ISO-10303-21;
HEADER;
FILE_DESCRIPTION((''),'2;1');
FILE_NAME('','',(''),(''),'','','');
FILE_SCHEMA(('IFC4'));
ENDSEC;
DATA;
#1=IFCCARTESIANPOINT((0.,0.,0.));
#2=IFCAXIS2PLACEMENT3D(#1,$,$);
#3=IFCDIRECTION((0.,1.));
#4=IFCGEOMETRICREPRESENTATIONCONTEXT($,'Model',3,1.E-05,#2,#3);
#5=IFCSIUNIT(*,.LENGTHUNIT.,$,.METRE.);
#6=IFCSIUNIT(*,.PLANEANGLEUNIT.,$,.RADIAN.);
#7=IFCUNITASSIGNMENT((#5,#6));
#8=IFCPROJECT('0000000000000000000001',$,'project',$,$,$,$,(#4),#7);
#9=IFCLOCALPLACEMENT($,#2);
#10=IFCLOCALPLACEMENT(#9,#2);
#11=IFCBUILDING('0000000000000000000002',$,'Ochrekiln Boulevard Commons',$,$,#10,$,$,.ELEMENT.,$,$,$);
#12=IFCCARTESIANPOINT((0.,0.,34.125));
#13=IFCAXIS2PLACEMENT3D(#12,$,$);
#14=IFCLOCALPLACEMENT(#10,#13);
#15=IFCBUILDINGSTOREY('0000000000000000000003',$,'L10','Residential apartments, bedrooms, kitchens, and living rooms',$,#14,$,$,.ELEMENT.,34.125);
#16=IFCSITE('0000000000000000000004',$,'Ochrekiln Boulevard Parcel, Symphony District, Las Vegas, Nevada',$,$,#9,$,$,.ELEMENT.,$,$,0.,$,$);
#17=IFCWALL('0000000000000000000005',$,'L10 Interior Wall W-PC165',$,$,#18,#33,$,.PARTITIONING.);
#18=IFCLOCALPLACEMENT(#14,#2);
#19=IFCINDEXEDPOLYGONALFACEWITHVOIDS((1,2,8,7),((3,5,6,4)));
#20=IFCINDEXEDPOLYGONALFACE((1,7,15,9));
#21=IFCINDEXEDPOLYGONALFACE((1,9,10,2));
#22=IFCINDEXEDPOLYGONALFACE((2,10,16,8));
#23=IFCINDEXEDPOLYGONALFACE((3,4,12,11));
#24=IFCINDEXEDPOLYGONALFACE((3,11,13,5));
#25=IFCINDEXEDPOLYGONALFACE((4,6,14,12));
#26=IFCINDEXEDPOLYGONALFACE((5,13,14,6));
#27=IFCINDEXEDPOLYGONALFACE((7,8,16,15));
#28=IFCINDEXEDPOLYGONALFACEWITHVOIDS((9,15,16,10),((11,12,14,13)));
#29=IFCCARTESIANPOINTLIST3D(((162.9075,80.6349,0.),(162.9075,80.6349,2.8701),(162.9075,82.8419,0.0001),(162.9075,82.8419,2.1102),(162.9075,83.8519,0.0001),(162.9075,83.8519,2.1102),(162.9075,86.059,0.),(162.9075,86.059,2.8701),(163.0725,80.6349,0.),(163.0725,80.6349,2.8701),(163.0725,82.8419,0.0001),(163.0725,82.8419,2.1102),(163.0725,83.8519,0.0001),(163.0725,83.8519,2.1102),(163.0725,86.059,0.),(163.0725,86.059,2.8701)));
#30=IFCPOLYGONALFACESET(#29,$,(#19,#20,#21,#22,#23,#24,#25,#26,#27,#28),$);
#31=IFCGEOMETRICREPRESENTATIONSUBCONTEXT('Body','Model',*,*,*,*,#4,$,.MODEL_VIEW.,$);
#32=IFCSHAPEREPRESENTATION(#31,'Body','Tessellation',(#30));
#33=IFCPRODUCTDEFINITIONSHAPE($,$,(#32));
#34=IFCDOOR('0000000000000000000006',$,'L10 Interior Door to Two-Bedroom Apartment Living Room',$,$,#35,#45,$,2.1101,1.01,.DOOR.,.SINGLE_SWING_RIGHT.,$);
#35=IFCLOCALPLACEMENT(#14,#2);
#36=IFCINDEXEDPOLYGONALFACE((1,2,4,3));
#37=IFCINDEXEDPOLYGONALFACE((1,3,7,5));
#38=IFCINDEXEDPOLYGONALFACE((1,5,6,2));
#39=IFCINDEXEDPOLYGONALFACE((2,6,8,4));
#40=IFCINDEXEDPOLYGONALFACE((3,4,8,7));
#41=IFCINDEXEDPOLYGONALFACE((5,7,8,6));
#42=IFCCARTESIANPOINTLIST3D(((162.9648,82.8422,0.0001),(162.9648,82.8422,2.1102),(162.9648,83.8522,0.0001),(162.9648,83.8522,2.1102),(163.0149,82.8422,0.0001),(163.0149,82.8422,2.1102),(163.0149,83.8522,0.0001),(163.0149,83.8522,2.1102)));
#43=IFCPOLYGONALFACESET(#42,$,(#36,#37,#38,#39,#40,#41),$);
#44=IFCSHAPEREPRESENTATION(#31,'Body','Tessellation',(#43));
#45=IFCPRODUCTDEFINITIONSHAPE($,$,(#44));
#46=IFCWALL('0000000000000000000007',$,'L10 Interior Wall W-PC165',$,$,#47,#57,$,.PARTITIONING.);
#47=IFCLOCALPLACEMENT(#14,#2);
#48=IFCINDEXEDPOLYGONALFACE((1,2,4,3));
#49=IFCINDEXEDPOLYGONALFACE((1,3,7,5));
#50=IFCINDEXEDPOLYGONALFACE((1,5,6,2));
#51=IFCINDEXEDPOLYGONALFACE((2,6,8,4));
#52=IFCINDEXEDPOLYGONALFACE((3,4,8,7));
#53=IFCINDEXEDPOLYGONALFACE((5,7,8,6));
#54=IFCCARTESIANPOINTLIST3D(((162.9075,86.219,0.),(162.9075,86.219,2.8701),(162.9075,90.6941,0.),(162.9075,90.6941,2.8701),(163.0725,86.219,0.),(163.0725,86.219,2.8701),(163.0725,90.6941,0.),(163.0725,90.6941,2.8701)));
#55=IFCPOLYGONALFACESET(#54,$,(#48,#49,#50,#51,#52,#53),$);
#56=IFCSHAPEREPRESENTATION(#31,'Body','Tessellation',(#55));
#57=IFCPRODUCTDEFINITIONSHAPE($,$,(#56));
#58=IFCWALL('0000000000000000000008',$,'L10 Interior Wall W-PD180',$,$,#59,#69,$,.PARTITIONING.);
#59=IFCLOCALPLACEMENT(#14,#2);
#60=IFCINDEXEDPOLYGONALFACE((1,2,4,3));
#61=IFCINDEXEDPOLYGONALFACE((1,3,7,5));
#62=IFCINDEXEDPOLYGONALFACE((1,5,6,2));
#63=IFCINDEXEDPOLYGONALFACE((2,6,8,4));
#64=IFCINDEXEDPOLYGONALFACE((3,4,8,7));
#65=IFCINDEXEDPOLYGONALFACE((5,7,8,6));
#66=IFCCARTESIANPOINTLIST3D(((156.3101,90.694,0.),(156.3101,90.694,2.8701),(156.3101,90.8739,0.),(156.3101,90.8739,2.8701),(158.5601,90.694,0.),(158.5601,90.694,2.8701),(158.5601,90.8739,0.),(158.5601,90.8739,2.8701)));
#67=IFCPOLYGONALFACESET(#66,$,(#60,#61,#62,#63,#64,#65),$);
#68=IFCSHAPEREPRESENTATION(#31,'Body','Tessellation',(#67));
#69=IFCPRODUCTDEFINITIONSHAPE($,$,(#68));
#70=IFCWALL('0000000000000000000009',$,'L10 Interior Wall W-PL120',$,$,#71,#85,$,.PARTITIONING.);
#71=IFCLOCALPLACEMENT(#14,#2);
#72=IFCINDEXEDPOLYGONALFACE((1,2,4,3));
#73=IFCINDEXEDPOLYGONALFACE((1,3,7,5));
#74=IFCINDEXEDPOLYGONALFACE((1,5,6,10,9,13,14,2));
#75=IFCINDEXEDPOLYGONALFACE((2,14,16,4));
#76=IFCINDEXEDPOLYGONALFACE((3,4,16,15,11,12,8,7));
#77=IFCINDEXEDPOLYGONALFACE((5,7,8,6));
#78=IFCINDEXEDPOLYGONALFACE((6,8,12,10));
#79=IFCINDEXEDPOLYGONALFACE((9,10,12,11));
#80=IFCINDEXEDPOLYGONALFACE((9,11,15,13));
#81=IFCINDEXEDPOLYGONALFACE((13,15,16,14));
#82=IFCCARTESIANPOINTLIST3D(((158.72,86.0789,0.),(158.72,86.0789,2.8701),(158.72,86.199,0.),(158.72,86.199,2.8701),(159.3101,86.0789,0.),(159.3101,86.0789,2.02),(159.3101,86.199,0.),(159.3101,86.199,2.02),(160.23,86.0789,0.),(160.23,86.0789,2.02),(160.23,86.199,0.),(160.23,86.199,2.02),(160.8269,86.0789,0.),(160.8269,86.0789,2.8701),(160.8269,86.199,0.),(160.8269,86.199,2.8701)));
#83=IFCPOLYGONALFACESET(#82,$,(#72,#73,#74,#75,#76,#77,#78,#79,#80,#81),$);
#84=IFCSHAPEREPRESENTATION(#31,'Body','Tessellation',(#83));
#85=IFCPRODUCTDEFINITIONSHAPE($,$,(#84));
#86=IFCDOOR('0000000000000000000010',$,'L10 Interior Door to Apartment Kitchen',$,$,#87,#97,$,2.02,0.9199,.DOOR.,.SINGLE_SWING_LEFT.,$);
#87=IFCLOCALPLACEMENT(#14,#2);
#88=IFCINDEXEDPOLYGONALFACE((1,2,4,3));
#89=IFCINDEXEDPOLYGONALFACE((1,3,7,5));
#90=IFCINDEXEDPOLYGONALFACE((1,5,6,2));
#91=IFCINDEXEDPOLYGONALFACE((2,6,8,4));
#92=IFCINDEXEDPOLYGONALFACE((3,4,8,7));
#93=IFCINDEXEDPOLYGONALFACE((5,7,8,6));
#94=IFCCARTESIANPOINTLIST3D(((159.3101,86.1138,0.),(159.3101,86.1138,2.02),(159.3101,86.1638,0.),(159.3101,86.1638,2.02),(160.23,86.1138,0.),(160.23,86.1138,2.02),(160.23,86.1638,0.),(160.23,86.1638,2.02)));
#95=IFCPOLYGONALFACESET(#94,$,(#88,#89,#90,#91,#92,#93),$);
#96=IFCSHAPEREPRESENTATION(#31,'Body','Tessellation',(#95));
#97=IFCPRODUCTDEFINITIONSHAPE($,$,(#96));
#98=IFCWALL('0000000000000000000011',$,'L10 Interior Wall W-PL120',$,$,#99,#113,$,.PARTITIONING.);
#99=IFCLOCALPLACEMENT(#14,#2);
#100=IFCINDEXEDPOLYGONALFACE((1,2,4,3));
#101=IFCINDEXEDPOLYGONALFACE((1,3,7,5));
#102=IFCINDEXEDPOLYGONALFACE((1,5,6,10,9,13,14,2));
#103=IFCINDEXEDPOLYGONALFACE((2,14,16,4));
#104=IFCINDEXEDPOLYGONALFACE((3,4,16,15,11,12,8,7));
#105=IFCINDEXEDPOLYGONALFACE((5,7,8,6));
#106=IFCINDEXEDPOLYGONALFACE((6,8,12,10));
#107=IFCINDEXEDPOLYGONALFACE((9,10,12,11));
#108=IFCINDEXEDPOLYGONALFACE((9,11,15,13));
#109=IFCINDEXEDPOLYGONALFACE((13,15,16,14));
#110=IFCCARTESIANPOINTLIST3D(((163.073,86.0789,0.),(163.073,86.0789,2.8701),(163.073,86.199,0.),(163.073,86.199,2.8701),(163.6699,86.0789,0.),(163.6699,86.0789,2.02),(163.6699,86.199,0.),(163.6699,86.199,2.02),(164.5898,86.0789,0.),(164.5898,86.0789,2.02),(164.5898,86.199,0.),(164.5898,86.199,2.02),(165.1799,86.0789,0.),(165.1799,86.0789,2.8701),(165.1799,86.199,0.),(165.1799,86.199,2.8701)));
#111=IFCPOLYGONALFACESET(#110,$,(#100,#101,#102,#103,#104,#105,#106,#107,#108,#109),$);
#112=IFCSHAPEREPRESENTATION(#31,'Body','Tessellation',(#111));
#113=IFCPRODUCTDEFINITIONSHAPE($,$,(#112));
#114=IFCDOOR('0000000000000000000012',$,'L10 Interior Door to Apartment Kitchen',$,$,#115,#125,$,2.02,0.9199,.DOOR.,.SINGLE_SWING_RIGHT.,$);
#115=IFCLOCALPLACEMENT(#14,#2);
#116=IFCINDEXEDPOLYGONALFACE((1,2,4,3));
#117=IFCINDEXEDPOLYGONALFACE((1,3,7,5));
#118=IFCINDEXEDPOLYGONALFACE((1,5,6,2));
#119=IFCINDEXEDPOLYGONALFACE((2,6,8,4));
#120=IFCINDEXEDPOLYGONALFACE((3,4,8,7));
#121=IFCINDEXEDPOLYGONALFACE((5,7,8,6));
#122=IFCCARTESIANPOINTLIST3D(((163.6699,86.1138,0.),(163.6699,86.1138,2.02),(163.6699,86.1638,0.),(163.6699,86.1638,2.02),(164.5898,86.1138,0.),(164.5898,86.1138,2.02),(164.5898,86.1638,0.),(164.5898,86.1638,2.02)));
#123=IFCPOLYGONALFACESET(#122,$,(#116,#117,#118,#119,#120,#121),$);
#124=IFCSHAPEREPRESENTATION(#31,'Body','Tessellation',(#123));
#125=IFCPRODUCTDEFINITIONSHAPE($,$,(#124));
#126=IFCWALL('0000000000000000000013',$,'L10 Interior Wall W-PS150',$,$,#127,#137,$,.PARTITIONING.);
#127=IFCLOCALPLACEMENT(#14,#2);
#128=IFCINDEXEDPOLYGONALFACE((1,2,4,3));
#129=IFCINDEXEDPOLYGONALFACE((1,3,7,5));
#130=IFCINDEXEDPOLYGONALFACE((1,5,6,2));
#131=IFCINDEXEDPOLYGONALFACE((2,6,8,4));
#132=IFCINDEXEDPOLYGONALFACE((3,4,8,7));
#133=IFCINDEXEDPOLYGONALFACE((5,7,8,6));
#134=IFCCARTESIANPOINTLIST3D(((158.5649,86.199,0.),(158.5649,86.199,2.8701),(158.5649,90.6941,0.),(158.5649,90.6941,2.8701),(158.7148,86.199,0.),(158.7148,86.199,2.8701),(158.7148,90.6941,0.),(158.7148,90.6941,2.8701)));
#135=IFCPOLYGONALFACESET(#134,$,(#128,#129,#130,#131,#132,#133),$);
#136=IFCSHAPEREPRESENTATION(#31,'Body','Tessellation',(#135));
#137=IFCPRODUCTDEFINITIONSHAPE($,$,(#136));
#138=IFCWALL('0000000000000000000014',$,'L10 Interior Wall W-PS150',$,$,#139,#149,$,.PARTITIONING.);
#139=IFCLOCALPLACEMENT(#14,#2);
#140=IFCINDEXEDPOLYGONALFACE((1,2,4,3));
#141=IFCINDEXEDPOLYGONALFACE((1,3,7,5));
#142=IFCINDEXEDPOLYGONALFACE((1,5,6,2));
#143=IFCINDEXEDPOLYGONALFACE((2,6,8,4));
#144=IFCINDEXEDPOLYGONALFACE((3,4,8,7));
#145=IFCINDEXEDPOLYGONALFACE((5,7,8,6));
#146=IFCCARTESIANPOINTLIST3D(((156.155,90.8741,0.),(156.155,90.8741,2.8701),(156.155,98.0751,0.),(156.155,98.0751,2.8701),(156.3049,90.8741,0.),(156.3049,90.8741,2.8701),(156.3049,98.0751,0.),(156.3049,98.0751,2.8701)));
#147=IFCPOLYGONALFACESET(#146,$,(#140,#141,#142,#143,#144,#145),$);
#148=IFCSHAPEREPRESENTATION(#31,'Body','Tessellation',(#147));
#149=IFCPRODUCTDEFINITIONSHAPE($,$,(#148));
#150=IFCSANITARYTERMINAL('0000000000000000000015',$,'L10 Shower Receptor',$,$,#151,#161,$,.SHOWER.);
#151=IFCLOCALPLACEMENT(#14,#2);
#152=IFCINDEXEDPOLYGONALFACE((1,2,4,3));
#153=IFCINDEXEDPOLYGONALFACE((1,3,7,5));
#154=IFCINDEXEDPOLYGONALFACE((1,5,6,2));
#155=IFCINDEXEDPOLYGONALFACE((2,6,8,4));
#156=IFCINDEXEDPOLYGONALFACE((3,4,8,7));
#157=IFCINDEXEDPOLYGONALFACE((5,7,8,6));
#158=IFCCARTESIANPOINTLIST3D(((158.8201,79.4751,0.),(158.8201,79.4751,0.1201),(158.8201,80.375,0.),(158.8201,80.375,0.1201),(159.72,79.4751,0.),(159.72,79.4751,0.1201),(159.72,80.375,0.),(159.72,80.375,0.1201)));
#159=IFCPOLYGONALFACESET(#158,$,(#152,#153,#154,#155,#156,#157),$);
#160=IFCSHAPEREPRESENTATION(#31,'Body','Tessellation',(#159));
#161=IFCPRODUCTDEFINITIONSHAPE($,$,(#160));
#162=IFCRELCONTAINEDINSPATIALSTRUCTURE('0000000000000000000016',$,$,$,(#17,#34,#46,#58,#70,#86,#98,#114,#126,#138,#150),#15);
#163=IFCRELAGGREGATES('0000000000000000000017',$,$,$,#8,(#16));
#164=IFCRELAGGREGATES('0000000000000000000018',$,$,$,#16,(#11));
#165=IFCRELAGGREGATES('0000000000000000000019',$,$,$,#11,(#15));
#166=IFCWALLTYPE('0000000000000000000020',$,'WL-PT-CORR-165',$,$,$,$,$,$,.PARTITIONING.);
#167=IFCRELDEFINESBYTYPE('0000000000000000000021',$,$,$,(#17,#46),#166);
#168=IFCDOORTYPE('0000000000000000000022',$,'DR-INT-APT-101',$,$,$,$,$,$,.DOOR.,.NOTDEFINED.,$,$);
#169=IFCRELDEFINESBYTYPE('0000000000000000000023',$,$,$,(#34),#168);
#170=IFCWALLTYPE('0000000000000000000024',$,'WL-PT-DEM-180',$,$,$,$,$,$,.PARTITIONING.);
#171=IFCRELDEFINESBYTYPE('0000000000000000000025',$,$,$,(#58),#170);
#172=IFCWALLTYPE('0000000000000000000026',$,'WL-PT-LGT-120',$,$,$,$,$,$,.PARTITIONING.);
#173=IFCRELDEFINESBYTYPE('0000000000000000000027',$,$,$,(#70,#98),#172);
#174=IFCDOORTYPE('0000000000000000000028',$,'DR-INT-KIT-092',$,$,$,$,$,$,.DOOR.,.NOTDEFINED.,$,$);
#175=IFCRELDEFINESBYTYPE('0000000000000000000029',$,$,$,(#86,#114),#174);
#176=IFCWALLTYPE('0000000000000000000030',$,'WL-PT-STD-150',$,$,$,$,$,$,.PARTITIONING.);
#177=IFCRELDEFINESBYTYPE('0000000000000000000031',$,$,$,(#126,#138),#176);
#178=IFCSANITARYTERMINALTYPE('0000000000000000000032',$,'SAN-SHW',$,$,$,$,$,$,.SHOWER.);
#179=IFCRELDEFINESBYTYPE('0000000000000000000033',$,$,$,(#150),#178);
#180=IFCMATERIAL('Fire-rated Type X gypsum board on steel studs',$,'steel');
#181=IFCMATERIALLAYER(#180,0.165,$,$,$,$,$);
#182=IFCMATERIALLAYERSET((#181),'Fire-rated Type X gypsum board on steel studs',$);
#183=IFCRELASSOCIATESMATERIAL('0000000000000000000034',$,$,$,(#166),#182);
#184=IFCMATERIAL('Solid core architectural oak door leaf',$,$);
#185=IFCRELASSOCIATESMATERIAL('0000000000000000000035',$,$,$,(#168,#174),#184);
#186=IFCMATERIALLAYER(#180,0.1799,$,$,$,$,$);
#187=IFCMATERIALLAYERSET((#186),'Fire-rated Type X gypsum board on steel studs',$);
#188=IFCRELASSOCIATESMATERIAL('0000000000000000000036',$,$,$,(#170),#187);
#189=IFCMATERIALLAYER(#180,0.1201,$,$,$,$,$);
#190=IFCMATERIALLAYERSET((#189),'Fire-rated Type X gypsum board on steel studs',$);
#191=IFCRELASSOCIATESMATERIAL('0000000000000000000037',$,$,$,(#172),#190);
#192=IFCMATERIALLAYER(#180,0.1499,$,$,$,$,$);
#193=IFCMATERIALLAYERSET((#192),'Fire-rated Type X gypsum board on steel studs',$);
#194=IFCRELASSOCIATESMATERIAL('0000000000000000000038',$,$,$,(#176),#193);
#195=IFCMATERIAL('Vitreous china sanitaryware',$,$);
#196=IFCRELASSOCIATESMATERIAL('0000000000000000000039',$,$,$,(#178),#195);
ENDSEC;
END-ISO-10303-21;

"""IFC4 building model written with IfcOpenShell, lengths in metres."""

from ifc_helpers import new_model, si_unit, direction, frame, frame_2d, origin, origin_2d, place, context, subcontext, project, spatial, rectangle, extrude, material, layer, layer_set, type_object, element, fill, save


model = new_model("IFC4")

# Units and contexts
model_context = context("Model", 3, precision=1e-05, world=origin(), true_north=direction((0.0, 1.0)))
body_context = subcontext(model_context, "Body", "Model", "MODEL_VIEW")
ifc_project = project(units=[si_unit("LENGTHUNIT", "METRE"), si_unit("PLANEANGLEUNIT", "RADIAN")], contexts=[model_context])

# Site, building, storey
site_placement = place(None, origin())
site = spatial("IfcSite", under=ifc_project, at=site_placement, Name="Ochrekiln Boulevard Parcel, Symphony District, Las Vegas, Nevada", CompositionType="ELEMENT", RefElevation=0.0)
building_placement = place(site_placement, origin())
building = spatial("IfcBuilding", under=site, at=building_placement, Name="Ochrekiln Boulevard Commons", CompositionType="ELEMENT")
storey_placement = place(building_placement, frame((0.0, 0.0, 34.125)))
storey = spatial("IfcBuildingStorey", under=building, at=storey_placement, Name="L10", Description="Residential apartments, bedrooms, kitchens, and living rooms", CompositionType="ELEMENT", Elevation=34.125)

# Shared definitions
ifc_material_1 = material(Name="Solid core architectural oak door leaf")

# Shared definitions
ifc_material_2 = material(Name="Fire-rated Type X gypsum board on steel studs", Category="steel")
ifc_layer_1 = layer(ifc_material_2, 0.165)
ifc_layer_set_1 = layer_set([ifc_layer_1], Name="Fire-rated Type X gypsum board on steel studs")
wall_type_1 = type_object("IfcWallType", Name="WL-PT-CORR-165", PredefinedType="PARTITIONING", material=ifc_layer_set_1)
door_type_1 = type_object("IfcDoorType", Name="DR-INT-APT-101", OperationType="NOTDEFINED", PredefinedType="DOOR", material=ifc_material_1)

# Wall, opening, door
wall_1_placement = place(storey_placement, frame((162.99, 80.635, 0.0), z_axis=(0.0, 0.0, 1.0), x_axis=(0.0, 1.0, 0.0)))
wall_1 = element("IfcWall", 1, at=wall_1_placement, inside=storey, type_object=wall_type_1, Name="L10 Interior Wall W-PC165", PredefinedType="PARTITIONING", context=body_context, shape_type="SweptSolid", body=[
    extrude(rectangle(XDim=5.4241, YDim=0.165, at=frame_2d((2.7119, 0.0))), origin(), (0.0, 0.0, 1.0), 2.8701),
])
opening_1_placement = place(wall_1_placement, frame((2.207, 0.0, 0.0)))
opening_1 = element("IfcOpeningElement", 2, at=opening_1_placement, cuts=wall_1, PredefinedType="OPENING", context=body_context, shape_type="SweptSolid", body=[
    extrude(rectangle(XDim=1.01, YDim=2.1101, at=frame_2d((0.5049, 1.0552))), frame((0.0, 0.0925, 0.0), z_axis=(0.0, -1.0, 0.0), x_axis=(1.0, 0.0, 0.0)), (0.0, 0.0, 1.0), 0.1851),
])
door_1_placement = place(opening_1_placement, frame((1.01, 0.0, 0.0), z_axis=(0.0, 0.0, 1.0), x_axis=(-1.0, 0.0, 0.0)))
door_1 = element("IfcDoor", 3, at=door_1_placement, inside=storey, type_object=door_type_1, Name="L10 Interior Door to Two-Bedroom Apartment Living Room", OperationType="SINGLE_SWING_RIGHT", OverallHeight=2.1101, OverallWidth=1.01, PredefinedType="DOOR", context=body_context, shape_type="SweptSolid", body=[
    extrude(rectangle(XDim=1.01, YDim=2.1101, at=frame_2d((0.5049, 1.0552))), frame((0.0, 0.0249, 0.0), z_axis=(0.0, -1.0, 0.0), x_axis=(1.0, 0.0, 0.0)), (0.0, 0.0, 1.0), 0.05),
])
fill(opening_1, door_1)

# Walls
wall_2_placement = place(storey_placement, frame((162.99, 86.219, 0.0), z_axis=(0.0, 0.0, 1.0), x_axis=(0.0, 1.0, 0.0)))
element("IfcWall", 4, at=wall_2_placement, inside=storey, type_object=wall_type_1, Name="L10 Interior Wall W-PC165", PredefinedType="PARTITIONING", context=body_context, shape_type="SweptSolid", body=[
    extrude(rectangle(XDim=4.4751, YDim=0.165, at=frame_2d((2.2375, 0.0))), origin(), (0.0, 0.0, 1.0), 2.8701),
])
ifc_layer_2 = layer(ifc_material_2, 0.1799)
ifc_layer_set_2 = layer_set([ifc_layer_2], Name="Fire-rated Type X gypsum board on steel studs")
wall_type_2 = type_object("IfcWallType", Name="WL-PT-DEM-180", PredefinedType="PARTITIONING", material=ifc_layer_set_2)
wall_3_placement = place(storey_placement, frame((156.3101, 90.7839, 0.0), z_axis=(0.0, 0.0, 1.0), x_axis=(1.0, 0.0, 0.0)))
element("IfcWall", 5, at=wall_3_placement, inside=storey, type_object=wall_type_2, Name="L10 Interior Wall W-PD180", PredefinedType="PARTITIONING", context=body_context, shape_type="SweptSolid", body=[
    extrude(rectangle(XDim=2.25, YDim=0.1799, at=frame_2d((1.125, 0.0))), origin(), (0.0, 0.0, 1.0), 2.8701),
])

# Walls, openings, doors
ifc_layer_3 = layer(ifc_material_2, 0.1201)
ifc_layer_set_3 = layer_set([ifc_layer_3], Name="Fire-rated Type X gypsum board on steel studs")
wall_type_3 = type_object("IfcWallType", Name="WL-PT-LGT-120", PredefinedType="PARTITIONING", material=ifc_layer_set_3)
wall_4_placement = place(storey_placement, frame((158.72, 86.1389, 0.0), z_axis=(0.0, 0.0, 1.0), x_axis=(1.0, 0.0, 0.0)))
wall_4 = element("IfcWall", 6, at=wall_4_placement, inside=storey, type_object=wall_type_3, Name="L10 Interior Wall W-PL120", PredefinedType="PARTITIONING", context=body_context, shape_type="SweptSolid", body=[
    extrude(rectangle(XDim=2.1069, YDim=0.1201, at=frame_2d((1.0535, 0.0))), origin(), (0.0, 0.0, 1.0), 2.8701),
])
opening_2_placement = place(wall_4_placement, frame((0.5901, 0.0, 0.0)))
opening_2 = element("IfcOpeningElement", 7, at=opening_2_placement, cuts=wall_4, PredefinedType="OPENING", context=body_context, shape_type="SweptSolid", body=[
    extrude(rectangle(XDim=0.9199, YDim=2.02, at=frame_2d((0.46, 1.01))), frame((0.0, 0.0701, 0.0), z_axis=(0.0, -1.0, 0.0), x_axis=(1.0, 0.0, 0.0)), (0.0, 0.0, 1.0), 0.1401),
])
door_type_2 = type_object("IfcDoorType", Name="DR-INT-KIT-092", OperationType="NOTDEFINED", PredefinedType="DOOR", material=ifc_material_1)
door_2_placement = place(opening_2_placement, origin())
door_2 = element("IfcDoor", 8, at=door_2_placement, inside=storey, type_object=door_type_2, Name="L10 Interior Door to Apartment Kitchen", OperationType="SINGLE_SWING_LEFT", OverallHeight=2.02, OverallWidth=0.9199, PredefinedType="DOOR", context=body_context, shape_type="SweptSolid", body=[
    extrude(rectangle(XDim=0.9199, YDim=2.02, at=frame_2d((0.46, 1.01))), frame((0.0, 0.0249, 0.0), z_axis=(0.0, -1.0, 0.0), x_axis=(1.0, 0.0, 0.0)), (0.0, 0.0, 1.0), 0.05),
])
fill(opening_2, door_2)
wall_5_placement = place(storey_placement, frame((163.073, 86.1389, 0.0), z_axis=(0.0, 0.0, 1.0), x_axis=(1.0, 0.0, 0.0)))
wall_5 = element("IfcWall", 9, at=wall_5_placement, inside=storey, type_object=wall_type_3, Name="L10 Interior Wall W-PL120", PredefinedType="PARTITIONING", context=body_context, shape_type="SweptSolid", body=[
    extrude(rectangle(XDim=2.1069, YDim=0.1201, at=frame_2d((1.0535, 0.0))), origin(), (0.0, 0.0, 1.0), 2.8701),
])
opening_3_placement = place(wall_5_placement, frame((0.5969, 0.0, 0.0)))
opening_3 = element("IfcOpeningElement", 10, at=opening_3_placement, cuts=wall_5, PredefinedType="OPENING", context=body_context, shape_type="SweptSolid", body=[
    extrude(rectangle(XDim=0.9199, YDim=2.02, at=frame_2d((0.46, 1.01))), frame((0.0, 0.0701, 0.0), z_axis=(0.0, -1.0, 0.0), x_axis=(1.0, 0.0, 0.0)), (0.0, 0.0, 1.0), 0.1401),
])
door_3_placement = place(opening_3_placement, origin())
door_3 = element("IfcDoor", 11, at=door_3_placement, inside=storey, type_object=door_type_2, Name="L10 Interior Door to Apartment Kitchen", OperationType="SINGLE_SWING_RIGHT", OverallHeight=2.02, OverallWidth=0.9199, PredefinedType="DOOR", context=body_context, shape_type="SweptSolid", body=[
    extrude(rectangle(XDim=0.9199, YDim=2.02, at=frame_2d((0.46, 1.01))), frame((0.0, 0.0249, 0.0), z_axis=(0.0, -1.0, 0.0), x_axis=(1.0, 0.0, 0.0)), (0.0, 0.0, 1.0), 0.05),
])
fill(opening_3, door_3)

# Walls
ifc_layer_4 = layer(ifc_material_2, 0.1499)
ifc_layer_set_4 = layer_set([ifc_layer_4], Name="Fire-rated Type X gypsum board on steel studs")
wall_type_4 = type_object("IfcWallType", Name="WL-PT-STD-150", PredefinedType="PARTITIONING", material=ifc_layer_set_4)
wall_6_placement = place(storey_placement, frame((158.6399, 86.199, 0.0), z_axis=(0.0, 0.0, 1.0), x_axis=(0.0, 1.0, 0.0)))
element("IfcWall", 12, at=wall_6_placement, inside=storey, type_object=wall_type_4, Name="L10 Interior Wall W-PS150", PredefinedType="PARTITIONING", context=body_context, shape_type="SweptSolid", body=[
    extrude(rectangle(XDim=4.4951, YDim=0.1499, at=frame_2d((2.2476, 0.0))), origin(), (0.0, 0.0, 1.0), 2.8701),
])
wall_7_placement = place(storey_placement, frame((156.23, 90.874, 0.0), z_axis=(0.0, 0.0, 1.0), x_axis=(0.0, 1.0, 0.0)))
element("IfcWall", 13, at=wall_7_placement, inside=storey, type_object=wall_type_4, Name="L10 Interior Wall W-PS150", PredefinedType="PARTITIONING", context=body_context, shape_type="SweptSolid", body=[
    extrude(rectangle(XDim=7.2009, YDim=0.1499, at=frame_2d((3.6006, 0.0))), origin(), (0.0, 0.0, 1.0), 2.8701),
])

# Sanitary terminal
ifc_material_3 = material(Name="Vitreous china sanitaryware")
sanitary_terminal_type = type_object("IfcSanitaryTerminalType", Name="SAN-SHW", PredefinedType="SHOWER", material=ifc_material_3)
sanitary_terminal_placement = place(storey_placement, frame((159.27, 79.925, 0.0), z_axis=(0.0, 0.0, 1.0), x_axis=(1.0, 0.0, 0.0)))
element("IfcSanitaryTerminal", 14, at=sanitary_terminal_placement, inside=storey, type_object=sanitary_terminal_type, Name="L10 Shower Receptor", PredefinedType="SHOWER", context=body_context, shape_type="SweptSolid", body=[
    extrude(rectangle(XDim=0.8999, YDim=0.8999, at=origin_2d()), origin(), (0.0, 0.0, 1.0), 0.1201),
])

save(model, "model.ifc")
